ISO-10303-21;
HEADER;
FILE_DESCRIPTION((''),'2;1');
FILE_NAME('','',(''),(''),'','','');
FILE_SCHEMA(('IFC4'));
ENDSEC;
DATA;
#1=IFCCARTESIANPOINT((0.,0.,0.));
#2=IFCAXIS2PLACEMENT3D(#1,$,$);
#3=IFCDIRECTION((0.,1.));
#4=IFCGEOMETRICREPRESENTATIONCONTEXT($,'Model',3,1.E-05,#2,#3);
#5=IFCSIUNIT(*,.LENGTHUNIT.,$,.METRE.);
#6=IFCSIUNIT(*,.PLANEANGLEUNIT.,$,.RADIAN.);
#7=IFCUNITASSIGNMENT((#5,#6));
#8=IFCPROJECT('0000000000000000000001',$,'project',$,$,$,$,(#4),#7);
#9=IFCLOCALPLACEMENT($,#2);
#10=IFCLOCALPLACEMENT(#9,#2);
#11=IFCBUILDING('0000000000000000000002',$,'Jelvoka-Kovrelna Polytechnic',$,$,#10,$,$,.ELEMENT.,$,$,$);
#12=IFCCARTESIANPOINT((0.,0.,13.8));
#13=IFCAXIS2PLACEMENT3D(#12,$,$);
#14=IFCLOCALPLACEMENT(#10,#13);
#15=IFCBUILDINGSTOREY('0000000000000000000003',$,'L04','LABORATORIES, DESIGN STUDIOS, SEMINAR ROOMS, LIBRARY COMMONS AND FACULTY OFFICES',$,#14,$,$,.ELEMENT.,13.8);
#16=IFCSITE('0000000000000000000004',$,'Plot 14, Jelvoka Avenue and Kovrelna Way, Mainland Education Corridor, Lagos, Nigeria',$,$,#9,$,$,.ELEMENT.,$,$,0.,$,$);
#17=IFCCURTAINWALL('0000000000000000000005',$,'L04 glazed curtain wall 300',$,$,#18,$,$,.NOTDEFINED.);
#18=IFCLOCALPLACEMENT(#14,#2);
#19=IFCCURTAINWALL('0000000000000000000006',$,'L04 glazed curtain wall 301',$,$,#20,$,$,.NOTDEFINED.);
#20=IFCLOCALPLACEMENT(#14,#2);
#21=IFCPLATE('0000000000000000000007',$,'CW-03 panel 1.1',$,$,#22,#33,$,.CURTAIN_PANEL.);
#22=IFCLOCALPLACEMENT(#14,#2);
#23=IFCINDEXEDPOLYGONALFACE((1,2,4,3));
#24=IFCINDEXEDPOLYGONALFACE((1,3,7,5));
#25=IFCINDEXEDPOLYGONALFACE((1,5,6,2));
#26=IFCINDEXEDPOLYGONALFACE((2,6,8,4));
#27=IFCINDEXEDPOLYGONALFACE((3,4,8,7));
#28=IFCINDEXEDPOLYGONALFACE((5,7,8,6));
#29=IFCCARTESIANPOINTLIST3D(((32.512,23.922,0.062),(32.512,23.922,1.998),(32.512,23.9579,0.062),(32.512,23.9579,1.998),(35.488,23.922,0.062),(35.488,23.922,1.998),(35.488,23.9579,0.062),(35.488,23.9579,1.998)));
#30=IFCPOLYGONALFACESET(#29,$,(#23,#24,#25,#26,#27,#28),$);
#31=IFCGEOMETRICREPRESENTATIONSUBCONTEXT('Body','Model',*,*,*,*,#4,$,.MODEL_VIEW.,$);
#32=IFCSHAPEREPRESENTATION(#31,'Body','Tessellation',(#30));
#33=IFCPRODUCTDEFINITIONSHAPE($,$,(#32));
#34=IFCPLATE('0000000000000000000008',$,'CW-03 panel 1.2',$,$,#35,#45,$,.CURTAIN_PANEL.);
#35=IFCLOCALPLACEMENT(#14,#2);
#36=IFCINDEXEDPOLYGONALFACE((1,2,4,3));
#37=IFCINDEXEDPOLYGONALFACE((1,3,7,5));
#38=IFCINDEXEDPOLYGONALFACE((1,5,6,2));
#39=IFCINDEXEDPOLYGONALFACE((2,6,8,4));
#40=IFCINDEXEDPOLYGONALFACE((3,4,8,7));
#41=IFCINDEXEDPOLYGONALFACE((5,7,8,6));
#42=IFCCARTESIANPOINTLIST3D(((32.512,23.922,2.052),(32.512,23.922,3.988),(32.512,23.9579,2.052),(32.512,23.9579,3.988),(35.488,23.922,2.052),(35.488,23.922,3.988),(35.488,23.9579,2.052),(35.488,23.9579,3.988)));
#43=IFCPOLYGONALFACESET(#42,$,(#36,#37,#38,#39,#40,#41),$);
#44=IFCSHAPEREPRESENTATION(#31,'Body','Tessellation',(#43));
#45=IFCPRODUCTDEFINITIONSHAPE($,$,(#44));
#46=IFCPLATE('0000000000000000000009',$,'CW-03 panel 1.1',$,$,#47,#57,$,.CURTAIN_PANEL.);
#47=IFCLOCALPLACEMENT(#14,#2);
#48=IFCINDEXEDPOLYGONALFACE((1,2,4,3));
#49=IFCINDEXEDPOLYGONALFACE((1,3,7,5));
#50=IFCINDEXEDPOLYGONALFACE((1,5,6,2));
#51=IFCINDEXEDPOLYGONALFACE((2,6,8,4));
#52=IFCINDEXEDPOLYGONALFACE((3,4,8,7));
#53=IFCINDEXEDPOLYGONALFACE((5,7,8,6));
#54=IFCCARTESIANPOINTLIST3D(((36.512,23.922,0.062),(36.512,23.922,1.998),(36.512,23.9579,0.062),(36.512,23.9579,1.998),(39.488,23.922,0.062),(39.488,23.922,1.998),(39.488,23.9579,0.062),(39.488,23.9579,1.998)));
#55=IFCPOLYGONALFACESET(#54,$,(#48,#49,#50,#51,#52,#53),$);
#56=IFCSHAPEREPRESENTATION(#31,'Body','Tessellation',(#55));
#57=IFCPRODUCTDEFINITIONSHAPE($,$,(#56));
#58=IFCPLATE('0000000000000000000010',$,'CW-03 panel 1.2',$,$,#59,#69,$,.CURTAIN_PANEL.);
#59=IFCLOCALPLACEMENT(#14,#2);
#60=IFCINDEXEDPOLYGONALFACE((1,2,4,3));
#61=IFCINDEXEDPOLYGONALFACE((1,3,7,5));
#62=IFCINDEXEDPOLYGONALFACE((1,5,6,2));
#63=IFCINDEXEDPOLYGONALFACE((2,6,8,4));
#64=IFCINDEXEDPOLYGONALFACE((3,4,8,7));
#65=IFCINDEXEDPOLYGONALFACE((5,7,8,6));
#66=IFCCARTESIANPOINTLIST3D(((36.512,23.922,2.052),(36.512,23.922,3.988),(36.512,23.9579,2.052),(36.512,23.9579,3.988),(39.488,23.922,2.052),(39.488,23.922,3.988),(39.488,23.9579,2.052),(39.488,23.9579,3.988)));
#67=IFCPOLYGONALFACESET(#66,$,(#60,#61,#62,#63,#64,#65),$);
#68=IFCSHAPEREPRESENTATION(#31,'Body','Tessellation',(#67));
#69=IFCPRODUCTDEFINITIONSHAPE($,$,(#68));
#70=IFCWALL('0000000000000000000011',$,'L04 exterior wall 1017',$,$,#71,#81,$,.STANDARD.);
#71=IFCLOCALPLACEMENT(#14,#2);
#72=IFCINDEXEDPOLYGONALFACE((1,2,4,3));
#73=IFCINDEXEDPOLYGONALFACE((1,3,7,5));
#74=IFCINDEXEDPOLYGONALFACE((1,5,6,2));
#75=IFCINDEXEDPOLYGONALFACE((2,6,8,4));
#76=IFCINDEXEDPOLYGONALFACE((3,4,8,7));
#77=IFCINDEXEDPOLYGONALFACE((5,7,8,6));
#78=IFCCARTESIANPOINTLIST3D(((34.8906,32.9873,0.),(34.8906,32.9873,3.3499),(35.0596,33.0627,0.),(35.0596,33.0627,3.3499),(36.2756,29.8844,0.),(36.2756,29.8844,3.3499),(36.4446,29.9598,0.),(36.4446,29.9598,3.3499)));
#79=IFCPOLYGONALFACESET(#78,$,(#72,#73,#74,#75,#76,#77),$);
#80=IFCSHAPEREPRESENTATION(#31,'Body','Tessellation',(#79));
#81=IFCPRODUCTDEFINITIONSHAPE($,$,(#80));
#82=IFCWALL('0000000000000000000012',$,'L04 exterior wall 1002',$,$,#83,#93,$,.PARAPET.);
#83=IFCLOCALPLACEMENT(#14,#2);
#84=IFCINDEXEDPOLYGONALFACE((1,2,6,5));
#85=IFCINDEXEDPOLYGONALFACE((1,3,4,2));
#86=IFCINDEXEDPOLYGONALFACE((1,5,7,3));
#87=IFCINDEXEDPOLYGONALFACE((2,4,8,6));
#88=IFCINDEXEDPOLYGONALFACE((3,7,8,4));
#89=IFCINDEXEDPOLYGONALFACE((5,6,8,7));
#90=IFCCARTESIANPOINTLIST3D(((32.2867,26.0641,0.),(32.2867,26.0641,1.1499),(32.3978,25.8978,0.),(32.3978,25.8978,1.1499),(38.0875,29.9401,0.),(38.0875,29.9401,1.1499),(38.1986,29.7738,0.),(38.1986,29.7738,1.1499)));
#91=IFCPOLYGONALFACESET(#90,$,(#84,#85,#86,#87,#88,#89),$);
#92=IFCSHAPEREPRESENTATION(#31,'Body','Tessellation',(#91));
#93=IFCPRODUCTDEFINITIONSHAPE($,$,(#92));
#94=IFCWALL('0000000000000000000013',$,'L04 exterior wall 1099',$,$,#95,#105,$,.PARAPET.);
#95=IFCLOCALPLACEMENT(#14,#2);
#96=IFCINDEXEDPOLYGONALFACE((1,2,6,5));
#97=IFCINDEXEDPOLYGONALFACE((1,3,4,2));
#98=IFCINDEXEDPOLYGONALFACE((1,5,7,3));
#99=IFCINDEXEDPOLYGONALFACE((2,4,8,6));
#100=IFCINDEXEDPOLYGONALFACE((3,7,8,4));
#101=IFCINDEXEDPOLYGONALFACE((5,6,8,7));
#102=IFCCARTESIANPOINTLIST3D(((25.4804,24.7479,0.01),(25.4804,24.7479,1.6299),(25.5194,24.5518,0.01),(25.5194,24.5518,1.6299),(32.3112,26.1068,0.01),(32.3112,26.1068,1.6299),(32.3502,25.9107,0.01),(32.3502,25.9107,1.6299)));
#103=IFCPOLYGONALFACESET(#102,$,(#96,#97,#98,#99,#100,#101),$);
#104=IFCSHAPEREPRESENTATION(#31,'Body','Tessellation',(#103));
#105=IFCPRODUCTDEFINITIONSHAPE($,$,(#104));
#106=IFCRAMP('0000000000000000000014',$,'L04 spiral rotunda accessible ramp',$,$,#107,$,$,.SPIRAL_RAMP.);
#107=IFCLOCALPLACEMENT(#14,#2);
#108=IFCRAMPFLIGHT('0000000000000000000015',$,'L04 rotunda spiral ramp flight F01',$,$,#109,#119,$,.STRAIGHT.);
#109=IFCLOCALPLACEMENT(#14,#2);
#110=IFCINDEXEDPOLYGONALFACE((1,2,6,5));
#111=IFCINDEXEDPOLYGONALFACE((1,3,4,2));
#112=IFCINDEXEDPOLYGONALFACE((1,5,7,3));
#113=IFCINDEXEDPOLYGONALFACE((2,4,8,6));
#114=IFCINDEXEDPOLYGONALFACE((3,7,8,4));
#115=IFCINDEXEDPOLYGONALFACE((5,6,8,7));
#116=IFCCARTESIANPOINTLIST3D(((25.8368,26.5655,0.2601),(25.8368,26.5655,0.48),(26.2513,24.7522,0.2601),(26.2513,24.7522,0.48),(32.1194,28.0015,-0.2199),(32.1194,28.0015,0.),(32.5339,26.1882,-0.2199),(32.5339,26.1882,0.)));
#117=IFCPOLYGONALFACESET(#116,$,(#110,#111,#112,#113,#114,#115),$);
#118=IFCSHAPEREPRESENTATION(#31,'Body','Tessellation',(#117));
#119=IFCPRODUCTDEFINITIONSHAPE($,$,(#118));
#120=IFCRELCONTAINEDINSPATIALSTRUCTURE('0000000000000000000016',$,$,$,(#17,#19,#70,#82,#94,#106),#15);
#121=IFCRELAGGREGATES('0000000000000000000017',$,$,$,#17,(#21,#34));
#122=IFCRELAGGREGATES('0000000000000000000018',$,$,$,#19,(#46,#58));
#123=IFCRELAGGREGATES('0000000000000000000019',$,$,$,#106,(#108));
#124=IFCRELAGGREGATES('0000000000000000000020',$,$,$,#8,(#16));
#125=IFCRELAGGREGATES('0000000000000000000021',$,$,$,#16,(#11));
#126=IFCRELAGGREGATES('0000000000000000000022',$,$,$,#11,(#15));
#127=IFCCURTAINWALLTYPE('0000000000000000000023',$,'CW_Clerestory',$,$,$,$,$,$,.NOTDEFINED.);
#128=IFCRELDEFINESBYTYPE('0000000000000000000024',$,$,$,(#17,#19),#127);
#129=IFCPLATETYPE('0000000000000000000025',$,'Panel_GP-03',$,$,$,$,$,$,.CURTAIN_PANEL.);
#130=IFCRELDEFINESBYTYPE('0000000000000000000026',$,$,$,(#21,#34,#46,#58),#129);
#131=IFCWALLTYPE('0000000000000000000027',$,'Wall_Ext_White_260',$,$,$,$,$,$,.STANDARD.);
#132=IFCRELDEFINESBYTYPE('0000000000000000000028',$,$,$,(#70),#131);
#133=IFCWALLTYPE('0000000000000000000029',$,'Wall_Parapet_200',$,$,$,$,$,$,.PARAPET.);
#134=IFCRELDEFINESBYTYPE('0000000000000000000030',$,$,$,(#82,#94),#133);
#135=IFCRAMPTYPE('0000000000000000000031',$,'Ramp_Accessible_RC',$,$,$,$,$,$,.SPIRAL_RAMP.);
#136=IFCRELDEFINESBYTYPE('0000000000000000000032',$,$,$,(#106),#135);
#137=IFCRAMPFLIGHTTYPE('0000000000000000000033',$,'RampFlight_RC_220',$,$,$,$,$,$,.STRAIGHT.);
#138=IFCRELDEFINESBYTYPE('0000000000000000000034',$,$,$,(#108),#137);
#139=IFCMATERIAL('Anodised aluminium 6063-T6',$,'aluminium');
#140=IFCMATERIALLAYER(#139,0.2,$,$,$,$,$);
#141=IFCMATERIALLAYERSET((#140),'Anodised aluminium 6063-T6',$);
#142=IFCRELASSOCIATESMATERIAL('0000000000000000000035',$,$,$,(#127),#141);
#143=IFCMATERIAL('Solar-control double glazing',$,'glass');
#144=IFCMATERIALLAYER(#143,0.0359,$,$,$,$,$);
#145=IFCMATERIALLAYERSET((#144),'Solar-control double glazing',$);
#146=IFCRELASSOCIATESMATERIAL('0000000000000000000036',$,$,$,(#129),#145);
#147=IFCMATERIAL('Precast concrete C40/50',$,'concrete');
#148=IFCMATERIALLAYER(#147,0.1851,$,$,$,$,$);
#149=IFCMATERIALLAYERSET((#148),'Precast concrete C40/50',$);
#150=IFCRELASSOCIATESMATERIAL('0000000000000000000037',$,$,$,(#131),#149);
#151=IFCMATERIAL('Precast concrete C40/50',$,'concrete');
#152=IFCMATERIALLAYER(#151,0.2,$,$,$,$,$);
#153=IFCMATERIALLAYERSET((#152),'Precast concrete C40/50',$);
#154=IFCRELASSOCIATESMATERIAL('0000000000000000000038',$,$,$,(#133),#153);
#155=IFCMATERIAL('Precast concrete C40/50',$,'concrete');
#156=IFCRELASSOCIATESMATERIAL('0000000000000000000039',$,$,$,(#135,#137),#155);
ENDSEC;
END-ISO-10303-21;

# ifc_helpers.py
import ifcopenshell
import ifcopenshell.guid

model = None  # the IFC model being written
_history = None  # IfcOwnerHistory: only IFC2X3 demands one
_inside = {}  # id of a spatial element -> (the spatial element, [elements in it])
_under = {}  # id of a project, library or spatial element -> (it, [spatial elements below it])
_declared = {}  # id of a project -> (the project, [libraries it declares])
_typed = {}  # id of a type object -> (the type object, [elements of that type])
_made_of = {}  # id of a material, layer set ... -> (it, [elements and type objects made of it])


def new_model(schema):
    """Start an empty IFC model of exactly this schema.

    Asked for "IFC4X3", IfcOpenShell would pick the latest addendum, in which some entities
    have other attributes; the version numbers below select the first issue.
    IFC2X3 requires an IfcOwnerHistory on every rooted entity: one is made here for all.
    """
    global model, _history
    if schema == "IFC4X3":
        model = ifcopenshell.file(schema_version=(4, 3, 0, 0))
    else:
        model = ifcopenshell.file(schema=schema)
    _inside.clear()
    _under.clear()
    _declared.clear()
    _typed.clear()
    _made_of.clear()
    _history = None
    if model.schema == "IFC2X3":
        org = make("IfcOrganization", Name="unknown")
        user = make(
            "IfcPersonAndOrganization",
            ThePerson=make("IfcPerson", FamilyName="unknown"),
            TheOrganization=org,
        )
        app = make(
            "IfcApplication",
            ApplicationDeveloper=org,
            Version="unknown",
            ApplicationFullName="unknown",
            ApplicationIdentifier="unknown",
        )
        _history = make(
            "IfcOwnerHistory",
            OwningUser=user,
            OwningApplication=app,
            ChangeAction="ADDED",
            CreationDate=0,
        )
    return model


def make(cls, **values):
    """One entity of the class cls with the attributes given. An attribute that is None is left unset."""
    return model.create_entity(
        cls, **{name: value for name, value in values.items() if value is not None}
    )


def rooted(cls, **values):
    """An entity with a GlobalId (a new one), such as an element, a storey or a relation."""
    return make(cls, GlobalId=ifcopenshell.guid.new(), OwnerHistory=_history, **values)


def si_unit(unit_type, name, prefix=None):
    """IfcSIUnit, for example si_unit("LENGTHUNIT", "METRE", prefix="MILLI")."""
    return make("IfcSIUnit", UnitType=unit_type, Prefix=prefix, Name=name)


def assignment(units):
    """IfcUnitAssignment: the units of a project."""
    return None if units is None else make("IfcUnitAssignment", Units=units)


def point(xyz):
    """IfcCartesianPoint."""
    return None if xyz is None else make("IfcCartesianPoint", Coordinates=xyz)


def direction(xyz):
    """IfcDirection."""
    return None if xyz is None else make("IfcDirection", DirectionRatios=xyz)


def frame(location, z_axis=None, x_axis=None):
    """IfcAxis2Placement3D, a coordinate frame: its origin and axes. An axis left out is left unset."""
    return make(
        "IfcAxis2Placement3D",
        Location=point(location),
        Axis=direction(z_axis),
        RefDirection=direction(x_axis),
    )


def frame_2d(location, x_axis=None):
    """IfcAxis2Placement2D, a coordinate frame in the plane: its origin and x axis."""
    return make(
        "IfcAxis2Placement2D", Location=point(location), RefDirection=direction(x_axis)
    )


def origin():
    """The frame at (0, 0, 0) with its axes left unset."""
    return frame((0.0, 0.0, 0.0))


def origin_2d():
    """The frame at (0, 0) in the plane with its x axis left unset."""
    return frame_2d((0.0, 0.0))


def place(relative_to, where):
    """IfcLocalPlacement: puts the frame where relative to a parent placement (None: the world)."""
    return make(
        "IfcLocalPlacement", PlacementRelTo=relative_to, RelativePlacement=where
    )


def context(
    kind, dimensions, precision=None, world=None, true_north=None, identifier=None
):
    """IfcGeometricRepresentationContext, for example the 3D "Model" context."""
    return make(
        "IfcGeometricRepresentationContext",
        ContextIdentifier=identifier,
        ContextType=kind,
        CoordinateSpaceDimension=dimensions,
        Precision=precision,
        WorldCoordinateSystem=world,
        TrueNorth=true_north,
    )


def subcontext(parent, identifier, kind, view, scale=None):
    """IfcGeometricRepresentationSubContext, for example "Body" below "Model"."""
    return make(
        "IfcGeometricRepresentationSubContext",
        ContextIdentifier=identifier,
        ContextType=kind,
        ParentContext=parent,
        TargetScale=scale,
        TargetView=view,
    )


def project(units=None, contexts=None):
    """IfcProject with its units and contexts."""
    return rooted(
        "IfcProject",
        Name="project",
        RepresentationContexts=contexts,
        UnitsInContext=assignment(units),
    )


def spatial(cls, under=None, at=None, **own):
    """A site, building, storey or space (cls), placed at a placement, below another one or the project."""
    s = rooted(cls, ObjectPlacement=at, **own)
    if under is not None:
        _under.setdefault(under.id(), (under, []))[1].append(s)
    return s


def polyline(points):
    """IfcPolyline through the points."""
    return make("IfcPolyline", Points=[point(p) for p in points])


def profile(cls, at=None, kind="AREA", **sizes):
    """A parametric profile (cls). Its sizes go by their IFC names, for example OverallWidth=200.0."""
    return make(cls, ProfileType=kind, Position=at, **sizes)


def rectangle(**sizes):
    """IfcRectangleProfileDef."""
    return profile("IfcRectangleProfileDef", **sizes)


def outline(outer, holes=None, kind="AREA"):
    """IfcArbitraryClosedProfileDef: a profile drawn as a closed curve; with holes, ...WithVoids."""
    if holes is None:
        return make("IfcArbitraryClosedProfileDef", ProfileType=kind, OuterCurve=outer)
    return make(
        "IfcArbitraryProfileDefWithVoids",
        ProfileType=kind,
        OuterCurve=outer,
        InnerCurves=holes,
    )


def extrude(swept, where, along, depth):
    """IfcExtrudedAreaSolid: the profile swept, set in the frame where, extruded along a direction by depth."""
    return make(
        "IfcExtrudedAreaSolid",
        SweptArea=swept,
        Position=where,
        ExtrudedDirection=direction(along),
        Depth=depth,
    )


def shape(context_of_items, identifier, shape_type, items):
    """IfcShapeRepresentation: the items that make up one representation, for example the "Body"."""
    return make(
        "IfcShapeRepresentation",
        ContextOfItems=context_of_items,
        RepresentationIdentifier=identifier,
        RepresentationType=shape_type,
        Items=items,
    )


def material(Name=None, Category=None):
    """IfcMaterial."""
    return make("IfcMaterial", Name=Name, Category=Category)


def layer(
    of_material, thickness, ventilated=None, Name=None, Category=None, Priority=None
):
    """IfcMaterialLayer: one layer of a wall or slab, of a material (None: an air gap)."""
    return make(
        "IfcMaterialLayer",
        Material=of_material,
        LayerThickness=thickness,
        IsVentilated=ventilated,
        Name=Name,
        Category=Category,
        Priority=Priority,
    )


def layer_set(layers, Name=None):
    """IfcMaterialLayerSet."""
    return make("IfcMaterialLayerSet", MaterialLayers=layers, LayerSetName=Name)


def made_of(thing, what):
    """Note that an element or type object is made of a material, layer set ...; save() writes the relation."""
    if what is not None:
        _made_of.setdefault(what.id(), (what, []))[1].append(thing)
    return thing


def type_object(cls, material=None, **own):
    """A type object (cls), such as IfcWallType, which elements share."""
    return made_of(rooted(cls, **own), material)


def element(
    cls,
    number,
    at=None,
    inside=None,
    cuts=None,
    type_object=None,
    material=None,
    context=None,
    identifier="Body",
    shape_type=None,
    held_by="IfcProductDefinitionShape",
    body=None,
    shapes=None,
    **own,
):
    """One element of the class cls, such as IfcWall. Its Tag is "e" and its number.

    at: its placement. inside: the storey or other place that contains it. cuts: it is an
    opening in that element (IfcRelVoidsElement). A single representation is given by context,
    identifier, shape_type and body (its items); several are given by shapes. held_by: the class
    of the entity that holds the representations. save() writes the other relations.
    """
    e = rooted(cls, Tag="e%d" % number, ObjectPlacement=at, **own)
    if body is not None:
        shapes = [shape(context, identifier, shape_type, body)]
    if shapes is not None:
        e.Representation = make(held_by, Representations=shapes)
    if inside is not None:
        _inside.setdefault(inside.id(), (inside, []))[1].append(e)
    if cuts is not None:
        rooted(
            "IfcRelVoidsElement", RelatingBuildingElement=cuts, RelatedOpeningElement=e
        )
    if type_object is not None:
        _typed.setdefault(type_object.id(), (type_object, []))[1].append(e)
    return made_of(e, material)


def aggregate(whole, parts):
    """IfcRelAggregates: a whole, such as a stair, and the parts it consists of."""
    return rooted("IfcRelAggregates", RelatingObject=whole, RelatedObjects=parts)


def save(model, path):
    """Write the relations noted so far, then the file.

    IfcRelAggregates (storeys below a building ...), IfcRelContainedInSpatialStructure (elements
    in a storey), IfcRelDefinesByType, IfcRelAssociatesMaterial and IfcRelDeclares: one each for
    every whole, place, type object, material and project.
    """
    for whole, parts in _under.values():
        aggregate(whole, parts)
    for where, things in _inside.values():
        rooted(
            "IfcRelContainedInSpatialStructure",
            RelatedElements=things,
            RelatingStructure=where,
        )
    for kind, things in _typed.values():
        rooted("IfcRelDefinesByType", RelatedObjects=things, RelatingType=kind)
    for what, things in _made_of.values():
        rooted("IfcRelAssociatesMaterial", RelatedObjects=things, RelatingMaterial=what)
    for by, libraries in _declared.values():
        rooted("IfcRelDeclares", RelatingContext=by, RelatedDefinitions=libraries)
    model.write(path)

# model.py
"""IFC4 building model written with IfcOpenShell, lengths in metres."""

from ifc_helpers import new_model, si_unit, direction, frame, frame_2d, origin, origin_2d, place, context, subcontext, project, spatial, polyline, rectangle, outline, extrude, material, layer, layer_set, type_object, element, aggregate, save


model = new_model("IFC4")

# Units and contexts
model_context = context("Model", 3, precision=1e-05, world=origin(), true_north=direction((0.0, 1.0)))
body_context = subcontext(model_context, "Body", "Model", "MODEL_VIEW")
ifc_project = project(units=[si_unit("LENGTHUNIT", "METRE"), si_unit("PLANEANGLEUNIT", "RADIAN")], contexts=[model_context])

# Site, building, storey
site_placement = place(None, origin())
site = spatial("IfcSite", under=ifc_project, at=site_placement, Name="Plot 14, Jelvoka Avenue and Kovrelna Way, Mainland Education Corridor, Lagos, Nigeria", CompositionType="ELEMENT", RefElevation=0.0)
building_placement = place(site_placement, origin())
building = spatial("IfcBuilding", under=site, at=building_placement, Name="Jelvoka-Kovrelna Polytechnic", CompositionType="ELEMENT")
storey_placement = place(building_placement, frame((0.0, 0.0, 13.8)))
storey = spatial("IfcBuildingStorey", under=building, at=storey_placement, Name="L04", Description="LABORATORIES, DESIGN STUDIOS, SEMINAR ROOMS, LIBRARY COMMONS AND FACULTY OFFICES", CompositionType="ELEMENT", Elevation=13.8)

# Curtain wall
ifc_material_1 = material(Name="Anodised aluminium 6063-T6", Category="aluminium")
ifc_layer_1 = layer(ifc_material_1, 0.2)
ifc_layer_set_1 = layer_set([ifc_layer_1], Name="Anodised aluminium 6063-T6")
curtain_wall_type_1 = type_object("IfcCurtainWallType", Name="CW_Clerestory", PredefinedType="NOTDEFINED", material=ifc_layer_set_1)
curtain_wall_1_placement = place(storey_placement, origin())
curtain_wall_1 = element("IfcCurtainWall", 1, at=curtain_wall_1_placement, inside=storey, type_object=curtain_wall_type_1, Name="L04 glazed curtain wall 300", PredefinedType="NOTDEFINED")

# Curtain wall
curtain_wall_2_placement = place(storey_placement, origin())
curtain_wall_2 = element("IfcCurtainWall", 2, at=curtain_wall_2_placement, inside=storey, type_object=curtain_wall_type_1, Name="L04 glazed curtain wall 301", PredefinedType="NOTDEFINED")

# Plates
ifc_material_2 = material(Name="Solar-control double glazing", Category="glass")
ifc_layer_2 = layer(ifc_material_2, 0.0359)
ifc_layer_set_2 = layer_set([ifc_layer_2], Name="Solar-control double glazing")
plate_type = type_object("IfcPlateType", Name="Panel_GP-03", PredefinedType="CURTAIN_PANEL", material=ifc_layer_set_2)
plate_1_placement = place(storey_placement, frame((34.0, 23.9399, 0.062), z_axis=(0.0, 0.0, 1.0), x_axis=(1.0, 0.0, 0.0)))
plate_1 = element("IfcPlate", 3, at=plate_1_placement, type_object=plate_type, Name="CW-03 panel 1.1", PredefinedType="CURTAIN_PANEL", context=body_context, shape_type="SweptSolid", body=[
    extrude(rectangle(XDim=2.9761, YDim=0.0359, at=origin_2d()), origin(), (0.0, 0.0, 1.0), 1.936),
])
plate_2_placement = place(storey_placement, frame((34.0, 23.9399, 2.052), z_axis=(0.0, 0.0, 1.0), x_axis=(1.0, 0.0, 0.0)))
plate_2 = element("IfcPlate", 4, at=plate_2_placement, type_object=plate_type, Name="CW-03 panel 1.2", PredefinedType="CURTAIN_PANEL", context=body_context, shape_type="SweptSolid", body=[
    extrude(rectangle(XDim=2.9761, YDim=0.0359, at=origin_2d()), origin(), (0.0, 0.0, 1.0), 1.936),
])
aggregate(curtain_wall_1, [plate_1, plate_2])
plate_3_placement = place(storey_placement, frame((38.0, 23.9399, 0.062), z_axis=(0.0, 0.0, 1.0), x_axis=(1.0, 0.0, 0.0)))
plate_3 = element("IfcPlate", 5, at=plate_3_placement, type_object=plate_type, Name="CW-03 panel 1.1", PredefinedType="CURTAIN_PANEL", context=body_context, shape_type="SweptSolid", body=[
    extrude(rectangle(XDim=2.9761, YDim=0.0359, at=origin_2d()), origin(), (0.0, 0.0, 1.0), 1.936),
])
plate_4_placement = place(storey_placement, frame((38.0, 23.9399, 2.052), z_axis=(0.0, 0.0, 1.0), x_axis=(1.0, 0.0, 0.0)))
plate_4 = element("IfcPlate", 6, at=plate_4_placement, type_object=plate_type, Name="CW-03 panel 1.2", PredefinedType="CURTAIN_PANEL", context=body_context, shape_type="SweptSolid", body=[
    extrude(rectangle(XDim=2.9761, YDim=0.0359, at=origin_2d()), origin(), (0.0, 0.0, 1.0), 1.936),
])
aggregate(curtain_wall_2, [plate_3, plate_4])

# Walls
ifc_material_3 = material(Name="Precast concrete C40/50", Category="concrete")
ifc_layer_3 = layer(ifc_material_3, 0.1851)
ifc_layer_set_3 = layer_set([ifc_layer_3], Name="Precast concrete C40/50")
wall_type_1 = type_object("IfcWallType", Name="Wall_Ext_White_260", PredefinedType="STANDARD", material=ifc_layer_set_3)
wall_1_placement = place(storey_placement, frame((36.3601, 29.9221, 0.0), z_axis=(0.0, 0.0, 1.0), x_axis=(-0.407611, 0.913156, 0.0)))
element("IfcWall", 7, at=wall_1_placement, inside=storey, type_object=wall_type_1, Name="L04 exterior wall 1017", PredefinedType="STANDARD", context=body_context, shape_type="SweptSolid", body=[
    extrude(rectangle(XDim=3.3979, YDim=0.1851, at=frame_2d((1.699, 0.0))), origin(), (0.0, 0.0, 1.0), 3.3499),
])
ifc_material_4 = material(Name="Precast concrete C40/50", Category="concrete")
ifc_layer_4 = layer(ifc_material_4, 0.2)
ifc_layer_set_4 = layer_set([ifc_layer_4], Name="Precast concrete C40/50")
wall_type_2 = type_object("IfcWallType", Name="Wall_Parapet_200", PredefinedType="PARAPET", material=ifc_layer_set_4)
wall_2_placement = place(storey_placement, frame((32.3423, 25.981, 0.0), z_axis=(0.0, 0.0, 1.0), x_axis=(0.831468, 0.555572, 0.0)))
element("IfcWall", 8, at=wall_2_placement, inside=storey, type_object=wall_type_2, Name="L04 exterior wall 1002", PredefinedType="PARAPET", context=body_context, shape_type="SweptSolid", body=[
    extrude(rectangle(XDim=6.9766, YDim=0.2, at=frame_2d((3.4883, 0.0))), origin(), (0.0, 0.0, 1.0), 1.1499),
])
wall_3_placement = place(storey_placement, frame((32.3308, 26.0088, 0.01), z_axis=(0.0, 0.0, 1.0), x_axis=(-0.980781, -0.195112, 0.0)))
element("IfcWall", 9, at=wall_3_placement, inside=storey, type_object=wall_type_2, Name="L04 exterior wall 1099", PredefinedType="PARAPET", context=body_context, shape_type="SweptSolid", body=[
    extrude(rectangle(XDim=6.9646, YDim=0.2, at=frame_2d((3.4824, 0.0))), origin(), (0.0, 0.0, 1.0), 1.6199),
])

# Ramp, ramp flight
ifc_material_5 = material(Name="Precast concrete C40/50", Category="concrete")
ramp_type = type_object("IfcRampType", Name="Ramp_Accessible_RC", PredefinedType="SPIRAL_RAMP", material=ifc_material_5)
ramp_placement = place(storey_placement, origin())
ramp = element("IfcRamp", 10, at=ramp_placement, inside=storey, type_object=ramp_type, Name="L04 spiral rotunda accessible ramp", PredefinedType="SPIRAL_RAMP")
ramp_flight_type = type_object("IfcRampFlightType", Name="RampFlight_RC_220", PredefinedType="STRAIGHT", material=ifc_material_5)
ramp_flight_placement = place(None, frame((32.3267, 27.0947, 13.8), z_axis=(0.0, 0.0, 1.0), x_axis=(-0.974859, -0.222821, 0.0)))
ramp_flight = element("IfcRampFlight", 11, at=ramp_flight_placement, type_object=ramp_flight_type, Name="L04 rotunda spiral ramp flight F01", PredefinedType="STRAIGHT", context=body_context, shape_type="SweptSolid", body=[
    extrude(outline(polyline([(0.0, 0.0), (6.4446, 0.48), (6.4446, 0.26), (0.0, -0.22), (0.0, 0.0)])), frame((0.0, 0.9299, 0.0), z_axis=(0.0, -1.0, 0.0), x_axis=(1.0, 0.0, 0.0)), (0.0, 0.0, 1.0), 1.8601),
])
aggregate(ramp, [ramp_flight])

save(model, "model.ifc")
